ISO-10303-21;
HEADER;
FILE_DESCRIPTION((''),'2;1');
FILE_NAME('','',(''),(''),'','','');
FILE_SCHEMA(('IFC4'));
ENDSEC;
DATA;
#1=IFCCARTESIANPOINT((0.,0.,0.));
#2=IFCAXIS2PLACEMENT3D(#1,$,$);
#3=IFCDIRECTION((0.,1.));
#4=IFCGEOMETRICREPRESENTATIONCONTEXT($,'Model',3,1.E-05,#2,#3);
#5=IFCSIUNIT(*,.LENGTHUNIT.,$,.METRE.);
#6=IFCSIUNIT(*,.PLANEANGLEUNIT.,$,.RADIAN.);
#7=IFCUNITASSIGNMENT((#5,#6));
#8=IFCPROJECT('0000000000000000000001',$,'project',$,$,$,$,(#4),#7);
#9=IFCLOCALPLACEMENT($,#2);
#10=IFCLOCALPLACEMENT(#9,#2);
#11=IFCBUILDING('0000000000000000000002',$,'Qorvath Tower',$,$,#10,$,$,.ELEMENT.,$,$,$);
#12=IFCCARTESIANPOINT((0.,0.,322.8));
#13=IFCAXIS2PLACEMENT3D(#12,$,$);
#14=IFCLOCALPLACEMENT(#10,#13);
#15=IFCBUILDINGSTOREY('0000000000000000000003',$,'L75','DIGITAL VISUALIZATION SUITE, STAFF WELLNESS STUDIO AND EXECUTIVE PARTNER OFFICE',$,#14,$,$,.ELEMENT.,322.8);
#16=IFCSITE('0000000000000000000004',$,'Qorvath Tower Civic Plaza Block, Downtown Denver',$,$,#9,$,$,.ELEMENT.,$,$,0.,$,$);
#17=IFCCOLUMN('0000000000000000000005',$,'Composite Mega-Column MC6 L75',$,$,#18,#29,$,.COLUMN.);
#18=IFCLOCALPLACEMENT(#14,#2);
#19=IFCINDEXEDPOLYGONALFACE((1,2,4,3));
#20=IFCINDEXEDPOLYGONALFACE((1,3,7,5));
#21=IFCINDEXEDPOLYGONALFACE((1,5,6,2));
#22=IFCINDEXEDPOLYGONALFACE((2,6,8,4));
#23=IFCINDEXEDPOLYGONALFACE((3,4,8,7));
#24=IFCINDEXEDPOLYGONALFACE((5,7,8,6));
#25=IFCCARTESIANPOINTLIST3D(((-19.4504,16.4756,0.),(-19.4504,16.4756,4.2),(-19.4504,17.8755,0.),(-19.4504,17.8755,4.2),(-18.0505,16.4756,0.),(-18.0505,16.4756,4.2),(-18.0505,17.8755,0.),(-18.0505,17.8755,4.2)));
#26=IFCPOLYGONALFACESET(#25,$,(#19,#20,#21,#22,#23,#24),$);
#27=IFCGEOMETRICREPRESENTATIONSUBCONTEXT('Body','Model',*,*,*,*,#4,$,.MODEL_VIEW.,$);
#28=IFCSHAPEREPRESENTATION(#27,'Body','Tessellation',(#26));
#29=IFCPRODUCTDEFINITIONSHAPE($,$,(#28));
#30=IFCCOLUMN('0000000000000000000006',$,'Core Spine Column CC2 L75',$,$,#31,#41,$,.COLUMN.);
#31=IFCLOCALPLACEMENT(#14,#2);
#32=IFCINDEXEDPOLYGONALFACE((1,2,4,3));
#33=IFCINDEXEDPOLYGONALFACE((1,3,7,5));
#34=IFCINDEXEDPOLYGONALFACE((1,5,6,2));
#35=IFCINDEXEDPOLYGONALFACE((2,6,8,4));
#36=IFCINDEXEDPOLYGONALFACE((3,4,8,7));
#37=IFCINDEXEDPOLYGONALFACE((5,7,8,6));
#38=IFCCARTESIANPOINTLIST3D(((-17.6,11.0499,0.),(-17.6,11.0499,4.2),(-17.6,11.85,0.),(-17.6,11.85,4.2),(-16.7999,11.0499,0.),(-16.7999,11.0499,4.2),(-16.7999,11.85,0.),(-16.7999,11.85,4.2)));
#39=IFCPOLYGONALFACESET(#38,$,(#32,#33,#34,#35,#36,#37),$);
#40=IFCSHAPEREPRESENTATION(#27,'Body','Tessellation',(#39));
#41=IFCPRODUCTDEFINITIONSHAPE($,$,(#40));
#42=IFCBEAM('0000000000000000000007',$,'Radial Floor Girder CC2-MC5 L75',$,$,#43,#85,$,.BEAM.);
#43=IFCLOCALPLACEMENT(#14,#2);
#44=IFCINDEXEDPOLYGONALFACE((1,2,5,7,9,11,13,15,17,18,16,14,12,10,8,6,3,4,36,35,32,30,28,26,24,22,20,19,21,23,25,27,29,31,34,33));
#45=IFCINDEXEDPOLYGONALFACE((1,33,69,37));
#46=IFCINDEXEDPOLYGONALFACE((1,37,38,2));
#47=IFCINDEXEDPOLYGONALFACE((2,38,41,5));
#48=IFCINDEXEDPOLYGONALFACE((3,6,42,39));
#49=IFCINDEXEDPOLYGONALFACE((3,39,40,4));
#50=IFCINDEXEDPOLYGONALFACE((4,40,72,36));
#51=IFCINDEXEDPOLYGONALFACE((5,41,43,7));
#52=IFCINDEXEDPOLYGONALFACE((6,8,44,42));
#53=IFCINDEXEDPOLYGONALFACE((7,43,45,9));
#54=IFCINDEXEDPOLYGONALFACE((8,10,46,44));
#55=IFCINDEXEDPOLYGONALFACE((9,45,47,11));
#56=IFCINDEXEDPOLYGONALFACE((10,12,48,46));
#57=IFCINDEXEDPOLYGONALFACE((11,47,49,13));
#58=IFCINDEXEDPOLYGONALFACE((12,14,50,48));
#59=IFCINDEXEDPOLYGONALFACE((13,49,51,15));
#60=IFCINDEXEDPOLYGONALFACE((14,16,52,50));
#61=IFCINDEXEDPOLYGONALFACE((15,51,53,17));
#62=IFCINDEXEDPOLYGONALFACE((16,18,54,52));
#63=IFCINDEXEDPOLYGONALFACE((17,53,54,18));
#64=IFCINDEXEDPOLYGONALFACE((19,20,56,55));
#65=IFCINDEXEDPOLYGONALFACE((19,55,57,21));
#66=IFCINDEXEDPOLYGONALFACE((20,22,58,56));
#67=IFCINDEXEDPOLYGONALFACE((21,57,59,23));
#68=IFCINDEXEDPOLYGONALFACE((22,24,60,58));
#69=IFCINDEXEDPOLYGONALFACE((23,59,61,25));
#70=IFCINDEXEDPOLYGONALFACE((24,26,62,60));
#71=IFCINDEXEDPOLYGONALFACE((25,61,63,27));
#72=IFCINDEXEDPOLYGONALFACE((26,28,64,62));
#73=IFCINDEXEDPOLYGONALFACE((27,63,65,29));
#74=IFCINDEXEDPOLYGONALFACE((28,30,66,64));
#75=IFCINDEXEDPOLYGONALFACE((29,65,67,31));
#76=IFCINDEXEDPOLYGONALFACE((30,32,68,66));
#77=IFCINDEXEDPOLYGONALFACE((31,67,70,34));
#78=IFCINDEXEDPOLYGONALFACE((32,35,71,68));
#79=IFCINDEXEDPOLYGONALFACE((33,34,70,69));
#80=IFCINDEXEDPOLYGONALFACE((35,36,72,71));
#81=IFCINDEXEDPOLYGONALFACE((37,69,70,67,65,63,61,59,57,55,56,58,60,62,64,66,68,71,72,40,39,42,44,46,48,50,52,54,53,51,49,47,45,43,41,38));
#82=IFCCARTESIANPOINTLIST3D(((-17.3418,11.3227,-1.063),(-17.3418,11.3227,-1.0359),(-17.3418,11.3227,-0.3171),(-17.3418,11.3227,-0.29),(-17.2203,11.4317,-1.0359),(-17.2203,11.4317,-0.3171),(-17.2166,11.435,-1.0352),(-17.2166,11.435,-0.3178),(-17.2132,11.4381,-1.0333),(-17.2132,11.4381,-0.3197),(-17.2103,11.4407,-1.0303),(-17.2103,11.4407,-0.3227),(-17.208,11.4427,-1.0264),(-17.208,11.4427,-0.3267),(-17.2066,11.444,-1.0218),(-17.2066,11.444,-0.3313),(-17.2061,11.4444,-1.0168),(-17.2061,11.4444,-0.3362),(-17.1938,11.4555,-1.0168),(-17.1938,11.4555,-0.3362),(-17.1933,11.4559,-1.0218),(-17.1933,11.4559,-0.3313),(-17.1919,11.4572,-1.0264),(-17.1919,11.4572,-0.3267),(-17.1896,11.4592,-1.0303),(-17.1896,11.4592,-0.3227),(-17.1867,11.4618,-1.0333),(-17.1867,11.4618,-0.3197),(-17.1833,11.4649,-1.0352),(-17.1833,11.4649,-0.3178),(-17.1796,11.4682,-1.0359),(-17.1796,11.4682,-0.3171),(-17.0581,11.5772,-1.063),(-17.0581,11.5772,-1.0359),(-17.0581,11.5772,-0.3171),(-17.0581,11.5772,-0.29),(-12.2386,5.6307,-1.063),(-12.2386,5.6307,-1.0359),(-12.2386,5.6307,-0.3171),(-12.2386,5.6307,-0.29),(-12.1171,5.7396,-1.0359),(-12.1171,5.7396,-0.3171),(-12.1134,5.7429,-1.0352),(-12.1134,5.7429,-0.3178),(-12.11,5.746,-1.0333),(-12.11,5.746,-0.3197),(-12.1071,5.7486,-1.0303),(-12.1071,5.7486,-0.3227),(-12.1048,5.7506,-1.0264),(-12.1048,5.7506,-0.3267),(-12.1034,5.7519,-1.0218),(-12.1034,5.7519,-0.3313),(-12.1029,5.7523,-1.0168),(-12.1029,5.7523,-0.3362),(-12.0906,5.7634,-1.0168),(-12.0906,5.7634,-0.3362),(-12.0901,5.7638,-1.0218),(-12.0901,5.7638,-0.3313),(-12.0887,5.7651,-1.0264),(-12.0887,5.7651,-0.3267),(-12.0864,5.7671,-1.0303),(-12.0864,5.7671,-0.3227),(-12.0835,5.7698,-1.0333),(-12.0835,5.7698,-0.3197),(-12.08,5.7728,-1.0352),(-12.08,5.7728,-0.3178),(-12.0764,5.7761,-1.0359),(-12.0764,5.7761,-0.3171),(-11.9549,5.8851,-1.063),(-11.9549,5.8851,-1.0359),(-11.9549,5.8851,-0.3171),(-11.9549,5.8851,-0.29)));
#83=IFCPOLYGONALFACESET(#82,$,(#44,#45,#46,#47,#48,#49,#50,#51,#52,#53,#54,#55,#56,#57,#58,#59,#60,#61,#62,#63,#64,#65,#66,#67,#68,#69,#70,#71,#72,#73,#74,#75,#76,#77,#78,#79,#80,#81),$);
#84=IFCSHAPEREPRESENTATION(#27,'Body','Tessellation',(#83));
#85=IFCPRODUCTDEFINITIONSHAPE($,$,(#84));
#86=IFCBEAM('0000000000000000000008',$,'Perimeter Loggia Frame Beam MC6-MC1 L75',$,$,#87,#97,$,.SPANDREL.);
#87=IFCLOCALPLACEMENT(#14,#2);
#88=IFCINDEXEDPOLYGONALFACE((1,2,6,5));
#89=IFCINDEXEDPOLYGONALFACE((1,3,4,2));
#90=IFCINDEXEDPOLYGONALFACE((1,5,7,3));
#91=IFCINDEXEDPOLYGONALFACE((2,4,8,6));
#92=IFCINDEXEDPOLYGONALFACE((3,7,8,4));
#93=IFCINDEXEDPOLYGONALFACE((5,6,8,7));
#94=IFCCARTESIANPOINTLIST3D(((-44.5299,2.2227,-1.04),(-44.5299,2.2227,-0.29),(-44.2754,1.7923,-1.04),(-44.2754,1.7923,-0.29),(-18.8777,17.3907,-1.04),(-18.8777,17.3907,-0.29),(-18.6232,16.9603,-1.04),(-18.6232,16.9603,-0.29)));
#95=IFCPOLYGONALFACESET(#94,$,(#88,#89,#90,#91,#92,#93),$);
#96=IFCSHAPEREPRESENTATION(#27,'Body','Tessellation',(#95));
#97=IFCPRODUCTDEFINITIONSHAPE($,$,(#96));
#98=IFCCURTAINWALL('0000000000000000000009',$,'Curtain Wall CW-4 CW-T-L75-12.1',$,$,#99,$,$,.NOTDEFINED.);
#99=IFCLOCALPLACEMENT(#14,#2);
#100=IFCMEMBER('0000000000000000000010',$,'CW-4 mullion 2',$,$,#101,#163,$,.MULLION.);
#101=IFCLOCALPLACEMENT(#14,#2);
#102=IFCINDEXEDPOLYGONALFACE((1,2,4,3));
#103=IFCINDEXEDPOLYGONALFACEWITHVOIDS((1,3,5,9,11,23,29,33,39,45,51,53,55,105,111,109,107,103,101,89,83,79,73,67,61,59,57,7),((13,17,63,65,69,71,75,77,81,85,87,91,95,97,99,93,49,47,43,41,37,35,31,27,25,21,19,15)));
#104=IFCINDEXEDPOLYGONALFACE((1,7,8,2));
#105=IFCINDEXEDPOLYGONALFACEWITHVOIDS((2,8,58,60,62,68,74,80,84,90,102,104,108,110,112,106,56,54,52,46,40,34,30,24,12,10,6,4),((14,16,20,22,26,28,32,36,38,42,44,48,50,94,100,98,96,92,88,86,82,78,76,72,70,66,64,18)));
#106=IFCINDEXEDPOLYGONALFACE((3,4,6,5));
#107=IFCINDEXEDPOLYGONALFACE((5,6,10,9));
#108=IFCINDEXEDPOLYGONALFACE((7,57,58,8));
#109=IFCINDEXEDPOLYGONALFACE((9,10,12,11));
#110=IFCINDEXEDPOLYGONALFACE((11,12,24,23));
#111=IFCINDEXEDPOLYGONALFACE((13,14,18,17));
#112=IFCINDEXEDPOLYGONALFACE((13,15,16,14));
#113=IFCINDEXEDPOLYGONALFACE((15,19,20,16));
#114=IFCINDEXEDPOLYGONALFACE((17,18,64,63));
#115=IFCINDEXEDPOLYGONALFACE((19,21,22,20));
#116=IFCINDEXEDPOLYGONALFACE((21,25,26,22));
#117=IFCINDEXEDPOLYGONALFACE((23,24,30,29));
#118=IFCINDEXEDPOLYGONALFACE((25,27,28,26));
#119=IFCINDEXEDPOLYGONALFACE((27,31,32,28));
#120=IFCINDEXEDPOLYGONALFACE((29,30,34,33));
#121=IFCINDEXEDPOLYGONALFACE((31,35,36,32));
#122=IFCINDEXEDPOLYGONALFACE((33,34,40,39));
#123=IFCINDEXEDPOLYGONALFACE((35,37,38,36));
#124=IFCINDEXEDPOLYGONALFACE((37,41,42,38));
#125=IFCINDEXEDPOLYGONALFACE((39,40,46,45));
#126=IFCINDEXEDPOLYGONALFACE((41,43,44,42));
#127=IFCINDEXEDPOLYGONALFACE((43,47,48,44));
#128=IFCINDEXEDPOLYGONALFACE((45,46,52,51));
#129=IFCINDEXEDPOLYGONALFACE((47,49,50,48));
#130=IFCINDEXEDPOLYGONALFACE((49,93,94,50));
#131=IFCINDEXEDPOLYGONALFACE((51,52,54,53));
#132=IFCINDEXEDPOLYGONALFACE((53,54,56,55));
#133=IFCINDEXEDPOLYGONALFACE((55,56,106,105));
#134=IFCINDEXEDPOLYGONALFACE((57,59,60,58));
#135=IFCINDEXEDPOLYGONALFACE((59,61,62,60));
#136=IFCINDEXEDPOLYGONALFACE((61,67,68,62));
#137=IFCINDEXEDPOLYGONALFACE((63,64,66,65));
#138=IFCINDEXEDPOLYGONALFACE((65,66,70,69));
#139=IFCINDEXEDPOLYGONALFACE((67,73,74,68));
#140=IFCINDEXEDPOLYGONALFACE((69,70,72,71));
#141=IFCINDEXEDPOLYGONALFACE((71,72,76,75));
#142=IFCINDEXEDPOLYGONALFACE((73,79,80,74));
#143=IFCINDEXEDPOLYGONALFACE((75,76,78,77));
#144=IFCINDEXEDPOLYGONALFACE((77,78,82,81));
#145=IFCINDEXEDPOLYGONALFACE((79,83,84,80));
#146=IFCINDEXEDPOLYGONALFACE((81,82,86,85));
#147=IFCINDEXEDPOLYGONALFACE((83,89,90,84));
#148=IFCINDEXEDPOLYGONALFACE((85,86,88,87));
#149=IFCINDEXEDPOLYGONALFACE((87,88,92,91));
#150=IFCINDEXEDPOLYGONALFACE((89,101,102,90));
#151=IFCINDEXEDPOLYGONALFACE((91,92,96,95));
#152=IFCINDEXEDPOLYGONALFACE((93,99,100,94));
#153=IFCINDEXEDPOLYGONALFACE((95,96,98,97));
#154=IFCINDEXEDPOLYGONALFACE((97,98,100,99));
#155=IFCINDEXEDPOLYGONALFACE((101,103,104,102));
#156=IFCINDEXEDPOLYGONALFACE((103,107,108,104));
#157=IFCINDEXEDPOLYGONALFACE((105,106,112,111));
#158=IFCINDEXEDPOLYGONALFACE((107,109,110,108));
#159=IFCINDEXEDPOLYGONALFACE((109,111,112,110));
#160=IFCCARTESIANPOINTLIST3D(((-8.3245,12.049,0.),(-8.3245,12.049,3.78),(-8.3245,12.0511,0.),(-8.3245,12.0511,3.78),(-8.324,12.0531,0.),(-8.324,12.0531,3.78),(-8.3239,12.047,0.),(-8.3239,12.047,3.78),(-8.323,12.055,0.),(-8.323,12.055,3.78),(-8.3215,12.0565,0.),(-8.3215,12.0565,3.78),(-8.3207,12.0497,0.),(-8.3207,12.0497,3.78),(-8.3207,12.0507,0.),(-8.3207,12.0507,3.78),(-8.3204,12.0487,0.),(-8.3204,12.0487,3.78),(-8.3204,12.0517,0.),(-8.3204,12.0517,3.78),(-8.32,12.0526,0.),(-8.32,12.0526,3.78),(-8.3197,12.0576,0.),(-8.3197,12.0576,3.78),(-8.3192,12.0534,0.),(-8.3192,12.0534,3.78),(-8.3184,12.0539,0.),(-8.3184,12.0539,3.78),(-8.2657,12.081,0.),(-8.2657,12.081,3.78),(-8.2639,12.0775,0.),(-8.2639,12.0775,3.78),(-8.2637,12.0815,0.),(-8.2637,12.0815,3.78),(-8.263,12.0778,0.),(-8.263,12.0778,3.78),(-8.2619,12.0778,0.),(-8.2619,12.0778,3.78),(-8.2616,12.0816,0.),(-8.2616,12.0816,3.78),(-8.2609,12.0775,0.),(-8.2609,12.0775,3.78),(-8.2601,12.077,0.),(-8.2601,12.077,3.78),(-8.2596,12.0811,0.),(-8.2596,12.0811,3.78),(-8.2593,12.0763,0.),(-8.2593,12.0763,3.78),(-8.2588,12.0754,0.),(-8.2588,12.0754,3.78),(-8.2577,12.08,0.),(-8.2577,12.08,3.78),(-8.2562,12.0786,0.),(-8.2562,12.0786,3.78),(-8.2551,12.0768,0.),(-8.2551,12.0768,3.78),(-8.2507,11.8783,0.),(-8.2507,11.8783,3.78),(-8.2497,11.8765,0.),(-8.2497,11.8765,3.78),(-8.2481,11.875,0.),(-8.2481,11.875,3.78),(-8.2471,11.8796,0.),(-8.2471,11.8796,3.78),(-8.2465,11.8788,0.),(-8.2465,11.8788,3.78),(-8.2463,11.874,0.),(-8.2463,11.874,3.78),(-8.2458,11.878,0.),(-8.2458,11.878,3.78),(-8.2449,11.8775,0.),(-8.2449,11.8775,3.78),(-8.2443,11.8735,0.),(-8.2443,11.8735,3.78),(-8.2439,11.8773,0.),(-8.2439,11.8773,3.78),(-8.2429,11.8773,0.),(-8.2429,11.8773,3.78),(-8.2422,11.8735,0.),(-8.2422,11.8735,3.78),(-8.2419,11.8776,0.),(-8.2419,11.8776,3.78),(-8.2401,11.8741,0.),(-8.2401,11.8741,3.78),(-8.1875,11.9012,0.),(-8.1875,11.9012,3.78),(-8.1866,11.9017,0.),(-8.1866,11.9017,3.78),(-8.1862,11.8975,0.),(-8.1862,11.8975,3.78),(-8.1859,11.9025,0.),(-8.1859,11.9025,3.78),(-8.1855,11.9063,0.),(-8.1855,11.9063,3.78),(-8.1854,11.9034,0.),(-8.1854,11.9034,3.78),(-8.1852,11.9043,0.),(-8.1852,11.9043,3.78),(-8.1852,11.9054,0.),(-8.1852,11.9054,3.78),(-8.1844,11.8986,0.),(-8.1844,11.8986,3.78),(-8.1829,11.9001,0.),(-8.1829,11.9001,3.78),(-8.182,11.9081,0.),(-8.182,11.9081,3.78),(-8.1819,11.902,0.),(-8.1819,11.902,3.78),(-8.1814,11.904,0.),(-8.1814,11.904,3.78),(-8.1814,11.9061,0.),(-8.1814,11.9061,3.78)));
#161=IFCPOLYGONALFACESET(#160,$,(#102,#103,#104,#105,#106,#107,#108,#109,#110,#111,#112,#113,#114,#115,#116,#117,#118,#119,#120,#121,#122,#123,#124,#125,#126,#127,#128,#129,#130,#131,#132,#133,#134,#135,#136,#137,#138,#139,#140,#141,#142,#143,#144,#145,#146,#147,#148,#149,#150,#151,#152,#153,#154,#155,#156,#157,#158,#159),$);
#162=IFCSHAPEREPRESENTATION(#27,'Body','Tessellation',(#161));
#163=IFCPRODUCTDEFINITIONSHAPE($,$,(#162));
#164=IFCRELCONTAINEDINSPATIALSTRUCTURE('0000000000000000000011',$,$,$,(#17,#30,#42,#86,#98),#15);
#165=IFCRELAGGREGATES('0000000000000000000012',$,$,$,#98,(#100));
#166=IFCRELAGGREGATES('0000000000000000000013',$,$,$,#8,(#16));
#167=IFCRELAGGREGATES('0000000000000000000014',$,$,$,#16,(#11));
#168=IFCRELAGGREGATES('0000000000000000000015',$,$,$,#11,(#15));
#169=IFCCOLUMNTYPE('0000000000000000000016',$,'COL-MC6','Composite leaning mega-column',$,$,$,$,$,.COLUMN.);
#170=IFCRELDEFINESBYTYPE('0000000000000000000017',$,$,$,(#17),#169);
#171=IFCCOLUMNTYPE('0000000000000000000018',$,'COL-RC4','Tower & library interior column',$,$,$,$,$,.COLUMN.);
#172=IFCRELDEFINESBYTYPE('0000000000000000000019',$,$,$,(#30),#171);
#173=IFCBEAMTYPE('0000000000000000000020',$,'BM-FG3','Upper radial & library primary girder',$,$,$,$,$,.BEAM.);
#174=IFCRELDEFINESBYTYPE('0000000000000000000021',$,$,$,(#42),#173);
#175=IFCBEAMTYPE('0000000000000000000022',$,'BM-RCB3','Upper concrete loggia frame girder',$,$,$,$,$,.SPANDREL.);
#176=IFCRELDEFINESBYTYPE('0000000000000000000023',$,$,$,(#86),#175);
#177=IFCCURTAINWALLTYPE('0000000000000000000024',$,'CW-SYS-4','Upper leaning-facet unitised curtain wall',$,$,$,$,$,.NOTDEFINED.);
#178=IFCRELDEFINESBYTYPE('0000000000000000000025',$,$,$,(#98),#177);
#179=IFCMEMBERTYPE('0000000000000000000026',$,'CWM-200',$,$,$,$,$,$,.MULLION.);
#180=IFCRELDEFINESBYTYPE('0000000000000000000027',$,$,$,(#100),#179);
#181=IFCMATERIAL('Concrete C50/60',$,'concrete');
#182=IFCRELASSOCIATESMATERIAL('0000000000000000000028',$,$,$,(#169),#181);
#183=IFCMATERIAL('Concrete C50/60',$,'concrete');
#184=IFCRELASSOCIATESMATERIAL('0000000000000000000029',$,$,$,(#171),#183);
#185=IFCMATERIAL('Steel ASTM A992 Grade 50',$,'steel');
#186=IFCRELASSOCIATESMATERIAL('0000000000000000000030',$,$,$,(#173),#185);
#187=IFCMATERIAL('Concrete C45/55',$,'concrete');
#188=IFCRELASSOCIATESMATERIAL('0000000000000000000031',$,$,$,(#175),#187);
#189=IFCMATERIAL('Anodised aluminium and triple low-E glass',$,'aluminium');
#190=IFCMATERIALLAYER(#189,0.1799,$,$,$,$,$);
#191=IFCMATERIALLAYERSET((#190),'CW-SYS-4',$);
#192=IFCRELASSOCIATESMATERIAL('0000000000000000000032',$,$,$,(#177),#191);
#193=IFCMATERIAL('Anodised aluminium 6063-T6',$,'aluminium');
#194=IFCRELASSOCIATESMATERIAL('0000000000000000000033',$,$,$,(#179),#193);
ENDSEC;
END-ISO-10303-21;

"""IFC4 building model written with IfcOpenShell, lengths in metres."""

from ifc_helpers import new_model, si_unit, direction, frame, origin, origin_2d, place, context, subcontext, project, spatial, rectangle, hollow_rectangle, i_section, extrude, material, layer, layer_set, material_profile, profile_set, type_object, element, aggregate, save


model = new_model("IFC4")

# Units and contexts
model_context = context("Model", 3, precision=1e-05, world=origin(), true_north=direction((0.0, 1.0)))
body_context = subcontext(model_context, "Body", "Model", "MODEL_VIEW")
ifc_project = project(units=[si_unit("LENGTHUNIT", "METRE"), si_unit("PLANEANGLEUNIT", "RADIAN")], contexts=[model_context])

# Site, building, storey
site_placement = place(None, origin())
site = spatial("IfcSite", under=ifc_project, at=site_placement, Name="Qorvath Tower Civic Plaza Block, Downtown Denver", CompositionType="ELEMENT", RefElevation=0.0)
building_placement = place(site_placement, origin())
building = spatial("IfcBuilding", under=site, at=building_placement, Name="Qorvath Tower", CompositionType="ELEMENT")
storey_placement = place(building_placement, frame((0.0, 0.0, 322.8)))
storey = spatial("IfcBuildingStorey", under=building, at=storey_placement, Name="L75", Description="DIGITAL VISUALIZATION SUITE, STAFF WELLNESS STUDIO AND EXECUTIVE PARTNER OFFICE", CompositionType="ELEMENT", Elevation=322.8)

# Columns
ifc_material_1 = material(Name="Concrete C50/60", Category="concrete")
ifc_material_profile_1 = material_profile(ifc_material_1, rectangle(XDim=1.3999, YDim=1.3999, at=origin_2d()), Name="MC 1400x1400")
ifc_profile_set_1 = profile_set([ifc_material_profile_1], Name="Concrete C50/60")
column_type_1 = type_object("IfcColumnType", Name="COL-MC6", Description="Composite leaning mega-column", PredefinedType="COLUMN", material=ifc_profile_set_1)
column_1_placement = place(storey_placement, frame((-18.7505, 17.1755, 0.0), z_axis=(0.0, 0.0, 1.0), x_axis=(1.0, 0.0, 0.0)))
element("IfcColumn", 1, at=column_1_placement, inside=storey, type_object=column_type_1, Name="Composite Mega-Column MC6 L75", PredefinedType="COLUMN", context=body_context, shape_type="SweptSolid", body=[
    extrude(rectangle(XDim=1.3999, YDim=1.3999, at=origin_2d()), origin(), (0.0, 0.0, 1.0), 4.2),
])
ifc_material_2 = material(Name="Concrete C50/60", Category="concrete")
ifc_material_profile_2 = material_profile(ifc_material_2, rectangle(XDim=0.8, YDim=0.8, at=origin_2d()), Name="RC 800x800")
ifc_profile_set_2 = profile_set([ifc_material_profile_2], Name="Concrete C50/60")
column_type_2 = type_object("IfcColumnType", Name="COL-RC4", Description="Tower & library interior column", PredefinedType="COLUMN", material=ifc_profile_set_2)
column_2_placement = place(storey_placement, frame((-17.2, 11.45, 0.0), z_axis=(0.0, 0.0, 1.0), x_axis=(1.0, 0.0, 0.0)))
element("IfcColumn", 2, at=column_2_placement, inside=storey, type_object=column_type_2, Name="Core Spine Column CC2 L75", PredefinedType="COLUMN", context=body_context, shape_type="SweptSolid", body=[
    extrude(rectangle(XDim=0.8, YDim=0.8, at=origin_2d()), origin(), (0.0, 0.0, 1.0), 4.2),
])

# Beams
ifc_material_3 = material(Name="Steel ASTM A992 Grade 50", Category="steel")
ifc_material_profile_3 = material_profile(ifc_material_3, i_section(OverallWidth=0.3811, OverallDepth=0.7729, WebThickness=0.0166, FlangeThickness=0.0271, FilletRadius=0.019, at=origin_2d()), Name="W30x173")
ifc_profile_set_3 = profile_set([ifc_material_profile_3], Name="Steel ASTM A992 Grade 50")
beam_type_1 = type_object("IfcBeamType", Name="BM-FG3", Description="Upper radial & library primary girder", PredefinedType="BEAM", material=ifc_profile_set_3)
beam_1_placement = place(storey_placement, frame((-17.2, 11.45, -0.6765), z_axis=(0.667543, -0.744571, 0.0), x_axis=(0.744571, 0.667543, 0.0)))
element("IfcBeam", 3, at=beam_1_placement, inside=storey, type_object=beam_type_1, Name="Radial Floor Girder CC2-MC5 L75", PredefinedType="BEAM", context=body_context, shape_type="SweptSolid", body=[
    extrude(i_section(OverallWidth=0.3811, OverallDepth=0.7729, WebThickness=0.0166, FlangeThickness=0.0271, FilletRadius=0.019, at=origin_2d()), origin(), (0.0, 0.0, 1.0), 7.6448),
])
ifc_material_4 = material(Name="Concrete C45/55", Category="concrete")
ifc_material_profile_4 = material_profile(ifc_material_4, rectangle(XDim=0.5, YDim=0.75, at=origin_2d()), Name="RCB 750x500")
ifc_profile_set_4 = profile_set([ifc_material_profile_4], Name="Concrete C45/55")
beam_type_2 = type_object("IfcBeamType", Name="BM-RCB3", Description="Upper concrete loggia frame girder", PredefinedType="SPANDREL", material=ifc_profile_set_4)
beam_2_placement = place(storey_placement, frame((-18.7505, 17.1755, -0.665), z_axis=(-0.860781, -0.508976, 0.0), x_axis=(0.508976, -0.860781, 0.0)))
element("IfcBeam", 4, at=beam_2_placement, inside=storey, type_object=beam_type_2, Name="Perimeter Loggia Frame Beam MC6-MC1 L75", PredefinedType="SPANDREL", context=body_context, shape_type="SweptSolid", body=[
    extrude(rectangle(XDim=0.5, YDim=0.75, at=origin_2d()), origin(), (0.0, 0.0, 1.0), 29.801),
])

# Curtain wall, member
ifc_material_5 = material(Name="Anodised aluminium and triple low-E glass", Category="aluminium")
ifc_layer_1 = layer(ifc_material_5, 0.1799)
ifc_layer_set_1 = layer_set([ifc_layer_1], Name="CW-SYS-4")
curtain_wall_type = type_object("IfcCurtainWallType", Name="CW-SYS-4", Description="Upper leaning-facet unitised curtain wall", PredefinedType="NOTDEFINED", material=ifc_layer_set_1)
curtain_wall_1_placement = place(storey_placement, origin())
curtain_wall_1 = element("IfcCurtainWall", 5, at=curtain_wall_1_placement, inside=storey, type_object=curtain_wall_type, Name="Curtain Wall CW-4 CW-T-L75-12.1", PredefinedType="NOTDEFINED")
ifc_material_6 = material(Name="Anodised aluminium 6063-T6", Category="aluminium")
ifc_material_profile_5 = material_profile(ifc_material_6, hollow_rectangle(XDim=0.075, YDim=0.2, WallThickness=0.0039, InnerFilletRadius=0.0039, OuterFilletRadius=0.0081, at=origin_2d()), Name="CWM 200x75")
ifc_profile_set_5 = profile_set([ifc_material_profile_5], Name="Anodised aluminium 6063-T6")
member_type_1 = type_object("IfcMemberType", Name="CWM-200", PredefinedType="MULLION", material=ifc_profile_set_5)
member_1_placement = place(storey_placement, frame((-8.2529, 11.9775, 0.0), z_axis=(0.0, 0.0, 1.0), x_axis=(-0.91744, -0.397874, 0.0)))
member_1 = element("IfcMember", 6, at=member_1_placement, type_object=member_type_1, Name="CW-4 mullion 2", PredefinedType="MULLION", context=body_context, shape_type="SweptSolid", body=[
    extrude(hollow_rectangle(XDim=0.075, YDim=0.2, WallThickness=0.0039, InnerFilletRadius=0.0039, OuterFilletRadius=0.0081, at=origin_2d()), origin(), (0.0, 0.0, 1.0), 3.78),
])
aggregate(curtain_wall_1, [member_1])

save(model, "model.ifc")
